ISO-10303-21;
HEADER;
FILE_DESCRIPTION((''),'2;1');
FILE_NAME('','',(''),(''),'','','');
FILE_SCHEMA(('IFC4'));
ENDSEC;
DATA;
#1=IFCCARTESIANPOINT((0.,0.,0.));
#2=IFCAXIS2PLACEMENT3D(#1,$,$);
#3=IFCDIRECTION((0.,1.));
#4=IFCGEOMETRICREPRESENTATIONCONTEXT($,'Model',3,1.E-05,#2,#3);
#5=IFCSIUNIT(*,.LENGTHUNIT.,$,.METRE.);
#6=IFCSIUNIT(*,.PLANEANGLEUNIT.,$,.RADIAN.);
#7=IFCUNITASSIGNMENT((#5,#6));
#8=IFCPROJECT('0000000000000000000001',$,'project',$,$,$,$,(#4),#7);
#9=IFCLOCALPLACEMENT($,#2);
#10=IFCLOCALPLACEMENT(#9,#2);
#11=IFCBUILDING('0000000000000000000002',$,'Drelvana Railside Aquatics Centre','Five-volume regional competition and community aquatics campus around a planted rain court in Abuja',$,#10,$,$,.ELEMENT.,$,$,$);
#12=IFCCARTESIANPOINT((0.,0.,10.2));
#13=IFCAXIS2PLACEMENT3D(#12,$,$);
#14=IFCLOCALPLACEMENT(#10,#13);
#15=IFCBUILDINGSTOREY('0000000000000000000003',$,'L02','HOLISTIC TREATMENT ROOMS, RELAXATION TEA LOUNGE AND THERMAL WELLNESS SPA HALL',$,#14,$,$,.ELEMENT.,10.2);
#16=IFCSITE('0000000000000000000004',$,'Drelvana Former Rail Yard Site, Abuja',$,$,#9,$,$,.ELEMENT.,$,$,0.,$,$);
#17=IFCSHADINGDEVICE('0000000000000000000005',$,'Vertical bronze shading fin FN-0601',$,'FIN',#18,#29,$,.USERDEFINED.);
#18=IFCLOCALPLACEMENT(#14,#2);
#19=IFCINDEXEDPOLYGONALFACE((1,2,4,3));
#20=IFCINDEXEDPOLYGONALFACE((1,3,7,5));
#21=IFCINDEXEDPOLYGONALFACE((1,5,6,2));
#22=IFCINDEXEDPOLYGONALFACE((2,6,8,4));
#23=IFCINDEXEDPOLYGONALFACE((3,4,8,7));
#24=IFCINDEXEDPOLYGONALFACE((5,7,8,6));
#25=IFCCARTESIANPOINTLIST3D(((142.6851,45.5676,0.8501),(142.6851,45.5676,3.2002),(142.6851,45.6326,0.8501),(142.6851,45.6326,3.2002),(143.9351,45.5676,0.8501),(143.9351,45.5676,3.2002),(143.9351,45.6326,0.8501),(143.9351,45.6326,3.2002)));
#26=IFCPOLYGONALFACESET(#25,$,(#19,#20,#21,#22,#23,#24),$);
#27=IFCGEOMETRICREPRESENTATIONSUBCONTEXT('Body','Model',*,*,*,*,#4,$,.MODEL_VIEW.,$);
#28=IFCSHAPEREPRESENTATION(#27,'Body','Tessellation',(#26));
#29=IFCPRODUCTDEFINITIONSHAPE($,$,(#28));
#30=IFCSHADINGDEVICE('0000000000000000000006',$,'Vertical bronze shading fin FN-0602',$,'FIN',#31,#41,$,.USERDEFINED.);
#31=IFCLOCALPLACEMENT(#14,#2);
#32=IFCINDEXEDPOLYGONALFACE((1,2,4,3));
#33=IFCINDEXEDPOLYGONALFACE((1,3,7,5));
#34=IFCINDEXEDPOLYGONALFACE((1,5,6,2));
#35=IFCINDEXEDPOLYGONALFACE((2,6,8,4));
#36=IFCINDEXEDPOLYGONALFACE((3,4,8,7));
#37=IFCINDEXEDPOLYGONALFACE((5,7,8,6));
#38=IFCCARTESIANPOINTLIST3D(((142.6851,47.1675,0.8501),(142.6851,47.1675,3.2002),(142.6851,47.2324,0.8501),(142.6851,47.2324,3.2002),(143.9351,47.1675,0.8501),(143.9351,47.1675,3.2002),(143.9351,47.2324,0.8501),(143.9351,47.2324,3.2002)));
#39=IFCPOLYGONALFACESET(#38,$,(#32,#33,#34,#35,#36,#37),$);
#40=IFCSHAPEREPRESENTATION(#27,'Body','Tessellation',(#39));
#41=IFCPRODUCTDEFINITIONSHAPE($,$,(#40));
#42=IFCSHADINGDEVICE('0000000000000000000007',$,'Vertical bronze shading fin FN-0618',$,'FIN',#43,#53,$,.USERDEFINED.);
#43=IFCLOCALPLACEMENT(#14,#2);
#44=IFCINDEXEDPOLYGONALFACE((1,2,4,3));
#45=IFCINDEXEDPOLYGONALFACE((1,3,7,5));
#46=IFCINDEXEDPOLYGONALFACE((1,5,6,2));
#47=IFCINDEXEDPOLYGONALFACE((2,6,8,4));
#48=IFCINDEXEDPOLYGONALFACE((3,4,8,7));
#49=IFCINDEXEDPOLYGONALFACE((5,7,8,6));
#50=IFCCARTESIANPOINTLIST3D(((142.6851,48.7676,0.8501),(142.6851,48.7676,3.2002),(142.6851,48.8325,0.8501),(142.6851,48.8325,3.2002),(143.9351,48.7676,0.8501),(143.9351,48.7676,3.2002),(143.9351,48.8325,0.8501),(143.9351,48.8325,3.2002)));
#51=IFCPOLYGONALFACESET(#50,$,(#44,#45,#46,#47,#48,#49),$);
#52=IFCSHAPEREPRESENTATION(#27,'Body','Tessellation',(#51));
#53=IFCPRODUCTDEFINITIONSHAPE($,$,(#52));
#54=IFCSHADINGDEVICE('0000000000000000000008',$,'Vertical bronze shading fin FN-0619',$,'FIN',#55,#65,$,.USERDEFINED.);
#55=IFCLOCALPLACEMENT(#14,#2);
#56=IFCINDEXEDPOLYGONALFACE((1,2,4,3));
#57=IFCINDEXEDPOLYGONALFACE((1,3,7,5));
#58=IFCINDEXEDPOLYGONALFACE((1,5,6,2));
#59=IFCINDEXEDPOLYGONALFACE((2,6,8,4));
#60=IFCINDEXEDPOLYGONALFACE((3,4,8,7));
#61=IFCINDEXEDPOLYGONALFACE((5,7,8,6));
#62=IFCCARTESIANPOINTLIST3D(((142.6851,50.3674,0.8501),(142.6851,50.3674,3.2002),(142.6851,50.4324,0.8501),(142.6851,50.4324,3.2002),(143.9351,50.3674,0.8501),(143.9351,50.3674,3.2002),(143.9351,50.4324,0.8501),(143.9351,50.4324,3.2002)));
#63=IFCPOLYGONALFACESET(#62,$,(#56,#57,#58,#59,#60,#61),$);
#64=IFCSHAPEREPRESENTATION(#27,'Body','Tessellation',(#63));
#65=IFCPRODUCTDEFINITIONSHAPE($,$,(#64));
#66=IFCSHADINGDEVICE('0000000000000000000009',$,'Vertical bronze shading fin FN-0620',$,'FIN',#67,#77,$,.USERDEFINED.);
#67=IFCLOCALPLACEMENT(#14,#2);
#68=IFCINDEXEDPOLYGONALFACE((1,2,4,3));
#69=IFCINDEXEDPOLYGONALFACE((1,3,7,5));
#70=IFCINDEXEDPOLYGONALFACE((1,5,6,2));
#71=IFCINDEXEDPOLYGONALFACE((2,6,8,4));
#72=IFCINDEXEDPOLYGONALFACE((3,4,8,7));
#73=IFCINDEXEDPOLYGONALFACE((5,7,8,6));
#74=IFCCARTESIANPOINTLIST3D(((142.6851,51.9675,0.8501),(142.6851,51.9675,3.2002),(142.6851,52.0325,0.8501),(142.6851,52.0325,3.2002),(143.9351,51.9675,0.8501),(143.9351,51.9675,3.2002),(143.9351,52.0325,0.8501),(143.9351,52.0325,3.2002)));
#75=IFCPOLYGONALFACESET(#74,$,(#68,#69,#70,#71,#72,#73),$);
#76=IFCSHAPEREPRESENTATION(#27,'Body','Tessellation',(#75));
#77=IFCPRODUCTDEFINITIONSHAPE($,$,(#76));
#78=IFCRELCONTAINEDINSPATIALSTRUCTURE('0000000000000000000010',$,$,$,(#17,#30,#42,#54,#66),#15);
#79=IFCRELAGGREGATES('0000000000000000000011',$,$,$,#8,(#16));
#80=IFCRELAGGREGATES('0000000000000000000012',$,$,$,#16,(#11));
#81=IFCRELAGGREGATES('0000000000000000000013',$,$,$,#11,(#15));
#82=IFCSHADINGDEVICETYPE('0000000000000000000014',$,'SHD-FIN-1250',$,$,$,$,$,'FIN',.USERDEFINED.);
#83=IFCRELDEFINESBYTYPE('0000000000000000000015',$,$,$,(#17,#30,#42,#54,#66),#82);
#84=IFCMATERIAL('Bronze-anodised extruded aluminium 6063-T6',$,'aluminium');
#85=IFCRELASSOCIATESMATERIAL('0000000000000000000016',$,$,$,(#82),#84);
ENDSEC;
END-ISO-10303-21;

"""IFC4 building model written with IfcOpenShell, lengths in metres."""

from ifc_helpers import new_model, si_unit, direction, frame, origin, origin_2d, place, context, subcontext, project, spatial, rectangle, extrude, material, type_object, element, save


model = new_model("IFC4")

# Units and contexts
model_context = context("Model", 3, precision=1e-05, world=origin(), true_north=direction((0.0, 1.0)))
body_context = subcontext(model_context, "Body", "Model", "MODEL_VIEW")
ifc_project = project(units=[si_unit("LENGTHUNIT", "METRE"), si_unit("PLANEANGLEUNIT", "RADIAN")], contexts=[model_context])

# Site, building, storey
site_placement = place(None, origin())
site = spatial("IfcSite", under=ifc_project, at=site_placement, Name="Drelvana Former Rail Yard Site, Abuja", CompositionType="ELEMENT", RefElevation=0.0)
building_placement = place(site_placement, origin())
building = spatial("IfcBuilding", under=site, at=building_placement, Name="Drelvana Railside Aquatics Centre", Description="Five-volume regional competition and community aquatics campus around a planted rain court in Abuja", CompositionType="ELEMENT")
storey_placement = place(building_placement, frame((0.0, 0.0, 10.2)))
storey = spatial("IfcBuildingStorey", under=building, at=storey_placement, Name="L02", Description="HOLISTIC TREATMENT ROOMS, RELAXATION TEA LOUNGE AND THERMAL WELLNESS SPA HALL", CompositionType="ELEMENT", Elevation=10.2)

# Shared definitions
ifc_material_1 = material(Name="Bronze-anodised extruded aluminium 6063-T6", Category="aluminium")

# Shading devices
shading_device_type = type_object("IfcShadingDeviceType", Name="SHD-FIN-1250", ElementType="FIN", PredefinedType="USERDEFINED", material=ifc_material_1)
for number, where, z_axis, x_axis, name in (
    (1, (143.3101, 45.6001, 0.8501), (0.0, 0.0, 1.0), (-1.0, 0.0, 0.0), "Vertical bronze shading fin FN-0601"),
    (2, (143.3101, 47.2, 0.8501), (0.0, 0.0, 1.0), (-1.0, 0.0, 0.0), "Vertical bronze shading fin FN-0602"),
    (3, (143.3101, 48.8, 0.8501), (0.0, 0.0, 1.0), (-1.0, 0.0, 0.0), "Vertical bronze shading fin FN-0618"),
    (4, (143.3101, 50.3999, 0.8501), (0.0, 0.0, 1.0), (-1.0, 0.0, 0.0), "Vertical bronze shading fin FN-0619"),
    (5, (143.3101, 52.0, 0.8501), (0.0, 0.0, 1.0), (-1.0, 0.0, 0.0), "Vertical bronze shading fin FN-0620"),
):
    element("IfcShadingDevice", number, at=place(storey_placement, frame(where, z_axis=z_axis, x_axis=x_axis)), inside=storey, type_object=shading_device_type, Name=name, ObjectType="FIN", PredefinedType="USERDEFINED", context=body_context, shape_type="SweptSolid", body=[
        extrude(rectangle(XDim=1.25, YDim=0.0649, at=origin_2d()), origin(), (0.0, 0.0, 1.0), 2.3501),
    ])

save(model, "model.ifc")
